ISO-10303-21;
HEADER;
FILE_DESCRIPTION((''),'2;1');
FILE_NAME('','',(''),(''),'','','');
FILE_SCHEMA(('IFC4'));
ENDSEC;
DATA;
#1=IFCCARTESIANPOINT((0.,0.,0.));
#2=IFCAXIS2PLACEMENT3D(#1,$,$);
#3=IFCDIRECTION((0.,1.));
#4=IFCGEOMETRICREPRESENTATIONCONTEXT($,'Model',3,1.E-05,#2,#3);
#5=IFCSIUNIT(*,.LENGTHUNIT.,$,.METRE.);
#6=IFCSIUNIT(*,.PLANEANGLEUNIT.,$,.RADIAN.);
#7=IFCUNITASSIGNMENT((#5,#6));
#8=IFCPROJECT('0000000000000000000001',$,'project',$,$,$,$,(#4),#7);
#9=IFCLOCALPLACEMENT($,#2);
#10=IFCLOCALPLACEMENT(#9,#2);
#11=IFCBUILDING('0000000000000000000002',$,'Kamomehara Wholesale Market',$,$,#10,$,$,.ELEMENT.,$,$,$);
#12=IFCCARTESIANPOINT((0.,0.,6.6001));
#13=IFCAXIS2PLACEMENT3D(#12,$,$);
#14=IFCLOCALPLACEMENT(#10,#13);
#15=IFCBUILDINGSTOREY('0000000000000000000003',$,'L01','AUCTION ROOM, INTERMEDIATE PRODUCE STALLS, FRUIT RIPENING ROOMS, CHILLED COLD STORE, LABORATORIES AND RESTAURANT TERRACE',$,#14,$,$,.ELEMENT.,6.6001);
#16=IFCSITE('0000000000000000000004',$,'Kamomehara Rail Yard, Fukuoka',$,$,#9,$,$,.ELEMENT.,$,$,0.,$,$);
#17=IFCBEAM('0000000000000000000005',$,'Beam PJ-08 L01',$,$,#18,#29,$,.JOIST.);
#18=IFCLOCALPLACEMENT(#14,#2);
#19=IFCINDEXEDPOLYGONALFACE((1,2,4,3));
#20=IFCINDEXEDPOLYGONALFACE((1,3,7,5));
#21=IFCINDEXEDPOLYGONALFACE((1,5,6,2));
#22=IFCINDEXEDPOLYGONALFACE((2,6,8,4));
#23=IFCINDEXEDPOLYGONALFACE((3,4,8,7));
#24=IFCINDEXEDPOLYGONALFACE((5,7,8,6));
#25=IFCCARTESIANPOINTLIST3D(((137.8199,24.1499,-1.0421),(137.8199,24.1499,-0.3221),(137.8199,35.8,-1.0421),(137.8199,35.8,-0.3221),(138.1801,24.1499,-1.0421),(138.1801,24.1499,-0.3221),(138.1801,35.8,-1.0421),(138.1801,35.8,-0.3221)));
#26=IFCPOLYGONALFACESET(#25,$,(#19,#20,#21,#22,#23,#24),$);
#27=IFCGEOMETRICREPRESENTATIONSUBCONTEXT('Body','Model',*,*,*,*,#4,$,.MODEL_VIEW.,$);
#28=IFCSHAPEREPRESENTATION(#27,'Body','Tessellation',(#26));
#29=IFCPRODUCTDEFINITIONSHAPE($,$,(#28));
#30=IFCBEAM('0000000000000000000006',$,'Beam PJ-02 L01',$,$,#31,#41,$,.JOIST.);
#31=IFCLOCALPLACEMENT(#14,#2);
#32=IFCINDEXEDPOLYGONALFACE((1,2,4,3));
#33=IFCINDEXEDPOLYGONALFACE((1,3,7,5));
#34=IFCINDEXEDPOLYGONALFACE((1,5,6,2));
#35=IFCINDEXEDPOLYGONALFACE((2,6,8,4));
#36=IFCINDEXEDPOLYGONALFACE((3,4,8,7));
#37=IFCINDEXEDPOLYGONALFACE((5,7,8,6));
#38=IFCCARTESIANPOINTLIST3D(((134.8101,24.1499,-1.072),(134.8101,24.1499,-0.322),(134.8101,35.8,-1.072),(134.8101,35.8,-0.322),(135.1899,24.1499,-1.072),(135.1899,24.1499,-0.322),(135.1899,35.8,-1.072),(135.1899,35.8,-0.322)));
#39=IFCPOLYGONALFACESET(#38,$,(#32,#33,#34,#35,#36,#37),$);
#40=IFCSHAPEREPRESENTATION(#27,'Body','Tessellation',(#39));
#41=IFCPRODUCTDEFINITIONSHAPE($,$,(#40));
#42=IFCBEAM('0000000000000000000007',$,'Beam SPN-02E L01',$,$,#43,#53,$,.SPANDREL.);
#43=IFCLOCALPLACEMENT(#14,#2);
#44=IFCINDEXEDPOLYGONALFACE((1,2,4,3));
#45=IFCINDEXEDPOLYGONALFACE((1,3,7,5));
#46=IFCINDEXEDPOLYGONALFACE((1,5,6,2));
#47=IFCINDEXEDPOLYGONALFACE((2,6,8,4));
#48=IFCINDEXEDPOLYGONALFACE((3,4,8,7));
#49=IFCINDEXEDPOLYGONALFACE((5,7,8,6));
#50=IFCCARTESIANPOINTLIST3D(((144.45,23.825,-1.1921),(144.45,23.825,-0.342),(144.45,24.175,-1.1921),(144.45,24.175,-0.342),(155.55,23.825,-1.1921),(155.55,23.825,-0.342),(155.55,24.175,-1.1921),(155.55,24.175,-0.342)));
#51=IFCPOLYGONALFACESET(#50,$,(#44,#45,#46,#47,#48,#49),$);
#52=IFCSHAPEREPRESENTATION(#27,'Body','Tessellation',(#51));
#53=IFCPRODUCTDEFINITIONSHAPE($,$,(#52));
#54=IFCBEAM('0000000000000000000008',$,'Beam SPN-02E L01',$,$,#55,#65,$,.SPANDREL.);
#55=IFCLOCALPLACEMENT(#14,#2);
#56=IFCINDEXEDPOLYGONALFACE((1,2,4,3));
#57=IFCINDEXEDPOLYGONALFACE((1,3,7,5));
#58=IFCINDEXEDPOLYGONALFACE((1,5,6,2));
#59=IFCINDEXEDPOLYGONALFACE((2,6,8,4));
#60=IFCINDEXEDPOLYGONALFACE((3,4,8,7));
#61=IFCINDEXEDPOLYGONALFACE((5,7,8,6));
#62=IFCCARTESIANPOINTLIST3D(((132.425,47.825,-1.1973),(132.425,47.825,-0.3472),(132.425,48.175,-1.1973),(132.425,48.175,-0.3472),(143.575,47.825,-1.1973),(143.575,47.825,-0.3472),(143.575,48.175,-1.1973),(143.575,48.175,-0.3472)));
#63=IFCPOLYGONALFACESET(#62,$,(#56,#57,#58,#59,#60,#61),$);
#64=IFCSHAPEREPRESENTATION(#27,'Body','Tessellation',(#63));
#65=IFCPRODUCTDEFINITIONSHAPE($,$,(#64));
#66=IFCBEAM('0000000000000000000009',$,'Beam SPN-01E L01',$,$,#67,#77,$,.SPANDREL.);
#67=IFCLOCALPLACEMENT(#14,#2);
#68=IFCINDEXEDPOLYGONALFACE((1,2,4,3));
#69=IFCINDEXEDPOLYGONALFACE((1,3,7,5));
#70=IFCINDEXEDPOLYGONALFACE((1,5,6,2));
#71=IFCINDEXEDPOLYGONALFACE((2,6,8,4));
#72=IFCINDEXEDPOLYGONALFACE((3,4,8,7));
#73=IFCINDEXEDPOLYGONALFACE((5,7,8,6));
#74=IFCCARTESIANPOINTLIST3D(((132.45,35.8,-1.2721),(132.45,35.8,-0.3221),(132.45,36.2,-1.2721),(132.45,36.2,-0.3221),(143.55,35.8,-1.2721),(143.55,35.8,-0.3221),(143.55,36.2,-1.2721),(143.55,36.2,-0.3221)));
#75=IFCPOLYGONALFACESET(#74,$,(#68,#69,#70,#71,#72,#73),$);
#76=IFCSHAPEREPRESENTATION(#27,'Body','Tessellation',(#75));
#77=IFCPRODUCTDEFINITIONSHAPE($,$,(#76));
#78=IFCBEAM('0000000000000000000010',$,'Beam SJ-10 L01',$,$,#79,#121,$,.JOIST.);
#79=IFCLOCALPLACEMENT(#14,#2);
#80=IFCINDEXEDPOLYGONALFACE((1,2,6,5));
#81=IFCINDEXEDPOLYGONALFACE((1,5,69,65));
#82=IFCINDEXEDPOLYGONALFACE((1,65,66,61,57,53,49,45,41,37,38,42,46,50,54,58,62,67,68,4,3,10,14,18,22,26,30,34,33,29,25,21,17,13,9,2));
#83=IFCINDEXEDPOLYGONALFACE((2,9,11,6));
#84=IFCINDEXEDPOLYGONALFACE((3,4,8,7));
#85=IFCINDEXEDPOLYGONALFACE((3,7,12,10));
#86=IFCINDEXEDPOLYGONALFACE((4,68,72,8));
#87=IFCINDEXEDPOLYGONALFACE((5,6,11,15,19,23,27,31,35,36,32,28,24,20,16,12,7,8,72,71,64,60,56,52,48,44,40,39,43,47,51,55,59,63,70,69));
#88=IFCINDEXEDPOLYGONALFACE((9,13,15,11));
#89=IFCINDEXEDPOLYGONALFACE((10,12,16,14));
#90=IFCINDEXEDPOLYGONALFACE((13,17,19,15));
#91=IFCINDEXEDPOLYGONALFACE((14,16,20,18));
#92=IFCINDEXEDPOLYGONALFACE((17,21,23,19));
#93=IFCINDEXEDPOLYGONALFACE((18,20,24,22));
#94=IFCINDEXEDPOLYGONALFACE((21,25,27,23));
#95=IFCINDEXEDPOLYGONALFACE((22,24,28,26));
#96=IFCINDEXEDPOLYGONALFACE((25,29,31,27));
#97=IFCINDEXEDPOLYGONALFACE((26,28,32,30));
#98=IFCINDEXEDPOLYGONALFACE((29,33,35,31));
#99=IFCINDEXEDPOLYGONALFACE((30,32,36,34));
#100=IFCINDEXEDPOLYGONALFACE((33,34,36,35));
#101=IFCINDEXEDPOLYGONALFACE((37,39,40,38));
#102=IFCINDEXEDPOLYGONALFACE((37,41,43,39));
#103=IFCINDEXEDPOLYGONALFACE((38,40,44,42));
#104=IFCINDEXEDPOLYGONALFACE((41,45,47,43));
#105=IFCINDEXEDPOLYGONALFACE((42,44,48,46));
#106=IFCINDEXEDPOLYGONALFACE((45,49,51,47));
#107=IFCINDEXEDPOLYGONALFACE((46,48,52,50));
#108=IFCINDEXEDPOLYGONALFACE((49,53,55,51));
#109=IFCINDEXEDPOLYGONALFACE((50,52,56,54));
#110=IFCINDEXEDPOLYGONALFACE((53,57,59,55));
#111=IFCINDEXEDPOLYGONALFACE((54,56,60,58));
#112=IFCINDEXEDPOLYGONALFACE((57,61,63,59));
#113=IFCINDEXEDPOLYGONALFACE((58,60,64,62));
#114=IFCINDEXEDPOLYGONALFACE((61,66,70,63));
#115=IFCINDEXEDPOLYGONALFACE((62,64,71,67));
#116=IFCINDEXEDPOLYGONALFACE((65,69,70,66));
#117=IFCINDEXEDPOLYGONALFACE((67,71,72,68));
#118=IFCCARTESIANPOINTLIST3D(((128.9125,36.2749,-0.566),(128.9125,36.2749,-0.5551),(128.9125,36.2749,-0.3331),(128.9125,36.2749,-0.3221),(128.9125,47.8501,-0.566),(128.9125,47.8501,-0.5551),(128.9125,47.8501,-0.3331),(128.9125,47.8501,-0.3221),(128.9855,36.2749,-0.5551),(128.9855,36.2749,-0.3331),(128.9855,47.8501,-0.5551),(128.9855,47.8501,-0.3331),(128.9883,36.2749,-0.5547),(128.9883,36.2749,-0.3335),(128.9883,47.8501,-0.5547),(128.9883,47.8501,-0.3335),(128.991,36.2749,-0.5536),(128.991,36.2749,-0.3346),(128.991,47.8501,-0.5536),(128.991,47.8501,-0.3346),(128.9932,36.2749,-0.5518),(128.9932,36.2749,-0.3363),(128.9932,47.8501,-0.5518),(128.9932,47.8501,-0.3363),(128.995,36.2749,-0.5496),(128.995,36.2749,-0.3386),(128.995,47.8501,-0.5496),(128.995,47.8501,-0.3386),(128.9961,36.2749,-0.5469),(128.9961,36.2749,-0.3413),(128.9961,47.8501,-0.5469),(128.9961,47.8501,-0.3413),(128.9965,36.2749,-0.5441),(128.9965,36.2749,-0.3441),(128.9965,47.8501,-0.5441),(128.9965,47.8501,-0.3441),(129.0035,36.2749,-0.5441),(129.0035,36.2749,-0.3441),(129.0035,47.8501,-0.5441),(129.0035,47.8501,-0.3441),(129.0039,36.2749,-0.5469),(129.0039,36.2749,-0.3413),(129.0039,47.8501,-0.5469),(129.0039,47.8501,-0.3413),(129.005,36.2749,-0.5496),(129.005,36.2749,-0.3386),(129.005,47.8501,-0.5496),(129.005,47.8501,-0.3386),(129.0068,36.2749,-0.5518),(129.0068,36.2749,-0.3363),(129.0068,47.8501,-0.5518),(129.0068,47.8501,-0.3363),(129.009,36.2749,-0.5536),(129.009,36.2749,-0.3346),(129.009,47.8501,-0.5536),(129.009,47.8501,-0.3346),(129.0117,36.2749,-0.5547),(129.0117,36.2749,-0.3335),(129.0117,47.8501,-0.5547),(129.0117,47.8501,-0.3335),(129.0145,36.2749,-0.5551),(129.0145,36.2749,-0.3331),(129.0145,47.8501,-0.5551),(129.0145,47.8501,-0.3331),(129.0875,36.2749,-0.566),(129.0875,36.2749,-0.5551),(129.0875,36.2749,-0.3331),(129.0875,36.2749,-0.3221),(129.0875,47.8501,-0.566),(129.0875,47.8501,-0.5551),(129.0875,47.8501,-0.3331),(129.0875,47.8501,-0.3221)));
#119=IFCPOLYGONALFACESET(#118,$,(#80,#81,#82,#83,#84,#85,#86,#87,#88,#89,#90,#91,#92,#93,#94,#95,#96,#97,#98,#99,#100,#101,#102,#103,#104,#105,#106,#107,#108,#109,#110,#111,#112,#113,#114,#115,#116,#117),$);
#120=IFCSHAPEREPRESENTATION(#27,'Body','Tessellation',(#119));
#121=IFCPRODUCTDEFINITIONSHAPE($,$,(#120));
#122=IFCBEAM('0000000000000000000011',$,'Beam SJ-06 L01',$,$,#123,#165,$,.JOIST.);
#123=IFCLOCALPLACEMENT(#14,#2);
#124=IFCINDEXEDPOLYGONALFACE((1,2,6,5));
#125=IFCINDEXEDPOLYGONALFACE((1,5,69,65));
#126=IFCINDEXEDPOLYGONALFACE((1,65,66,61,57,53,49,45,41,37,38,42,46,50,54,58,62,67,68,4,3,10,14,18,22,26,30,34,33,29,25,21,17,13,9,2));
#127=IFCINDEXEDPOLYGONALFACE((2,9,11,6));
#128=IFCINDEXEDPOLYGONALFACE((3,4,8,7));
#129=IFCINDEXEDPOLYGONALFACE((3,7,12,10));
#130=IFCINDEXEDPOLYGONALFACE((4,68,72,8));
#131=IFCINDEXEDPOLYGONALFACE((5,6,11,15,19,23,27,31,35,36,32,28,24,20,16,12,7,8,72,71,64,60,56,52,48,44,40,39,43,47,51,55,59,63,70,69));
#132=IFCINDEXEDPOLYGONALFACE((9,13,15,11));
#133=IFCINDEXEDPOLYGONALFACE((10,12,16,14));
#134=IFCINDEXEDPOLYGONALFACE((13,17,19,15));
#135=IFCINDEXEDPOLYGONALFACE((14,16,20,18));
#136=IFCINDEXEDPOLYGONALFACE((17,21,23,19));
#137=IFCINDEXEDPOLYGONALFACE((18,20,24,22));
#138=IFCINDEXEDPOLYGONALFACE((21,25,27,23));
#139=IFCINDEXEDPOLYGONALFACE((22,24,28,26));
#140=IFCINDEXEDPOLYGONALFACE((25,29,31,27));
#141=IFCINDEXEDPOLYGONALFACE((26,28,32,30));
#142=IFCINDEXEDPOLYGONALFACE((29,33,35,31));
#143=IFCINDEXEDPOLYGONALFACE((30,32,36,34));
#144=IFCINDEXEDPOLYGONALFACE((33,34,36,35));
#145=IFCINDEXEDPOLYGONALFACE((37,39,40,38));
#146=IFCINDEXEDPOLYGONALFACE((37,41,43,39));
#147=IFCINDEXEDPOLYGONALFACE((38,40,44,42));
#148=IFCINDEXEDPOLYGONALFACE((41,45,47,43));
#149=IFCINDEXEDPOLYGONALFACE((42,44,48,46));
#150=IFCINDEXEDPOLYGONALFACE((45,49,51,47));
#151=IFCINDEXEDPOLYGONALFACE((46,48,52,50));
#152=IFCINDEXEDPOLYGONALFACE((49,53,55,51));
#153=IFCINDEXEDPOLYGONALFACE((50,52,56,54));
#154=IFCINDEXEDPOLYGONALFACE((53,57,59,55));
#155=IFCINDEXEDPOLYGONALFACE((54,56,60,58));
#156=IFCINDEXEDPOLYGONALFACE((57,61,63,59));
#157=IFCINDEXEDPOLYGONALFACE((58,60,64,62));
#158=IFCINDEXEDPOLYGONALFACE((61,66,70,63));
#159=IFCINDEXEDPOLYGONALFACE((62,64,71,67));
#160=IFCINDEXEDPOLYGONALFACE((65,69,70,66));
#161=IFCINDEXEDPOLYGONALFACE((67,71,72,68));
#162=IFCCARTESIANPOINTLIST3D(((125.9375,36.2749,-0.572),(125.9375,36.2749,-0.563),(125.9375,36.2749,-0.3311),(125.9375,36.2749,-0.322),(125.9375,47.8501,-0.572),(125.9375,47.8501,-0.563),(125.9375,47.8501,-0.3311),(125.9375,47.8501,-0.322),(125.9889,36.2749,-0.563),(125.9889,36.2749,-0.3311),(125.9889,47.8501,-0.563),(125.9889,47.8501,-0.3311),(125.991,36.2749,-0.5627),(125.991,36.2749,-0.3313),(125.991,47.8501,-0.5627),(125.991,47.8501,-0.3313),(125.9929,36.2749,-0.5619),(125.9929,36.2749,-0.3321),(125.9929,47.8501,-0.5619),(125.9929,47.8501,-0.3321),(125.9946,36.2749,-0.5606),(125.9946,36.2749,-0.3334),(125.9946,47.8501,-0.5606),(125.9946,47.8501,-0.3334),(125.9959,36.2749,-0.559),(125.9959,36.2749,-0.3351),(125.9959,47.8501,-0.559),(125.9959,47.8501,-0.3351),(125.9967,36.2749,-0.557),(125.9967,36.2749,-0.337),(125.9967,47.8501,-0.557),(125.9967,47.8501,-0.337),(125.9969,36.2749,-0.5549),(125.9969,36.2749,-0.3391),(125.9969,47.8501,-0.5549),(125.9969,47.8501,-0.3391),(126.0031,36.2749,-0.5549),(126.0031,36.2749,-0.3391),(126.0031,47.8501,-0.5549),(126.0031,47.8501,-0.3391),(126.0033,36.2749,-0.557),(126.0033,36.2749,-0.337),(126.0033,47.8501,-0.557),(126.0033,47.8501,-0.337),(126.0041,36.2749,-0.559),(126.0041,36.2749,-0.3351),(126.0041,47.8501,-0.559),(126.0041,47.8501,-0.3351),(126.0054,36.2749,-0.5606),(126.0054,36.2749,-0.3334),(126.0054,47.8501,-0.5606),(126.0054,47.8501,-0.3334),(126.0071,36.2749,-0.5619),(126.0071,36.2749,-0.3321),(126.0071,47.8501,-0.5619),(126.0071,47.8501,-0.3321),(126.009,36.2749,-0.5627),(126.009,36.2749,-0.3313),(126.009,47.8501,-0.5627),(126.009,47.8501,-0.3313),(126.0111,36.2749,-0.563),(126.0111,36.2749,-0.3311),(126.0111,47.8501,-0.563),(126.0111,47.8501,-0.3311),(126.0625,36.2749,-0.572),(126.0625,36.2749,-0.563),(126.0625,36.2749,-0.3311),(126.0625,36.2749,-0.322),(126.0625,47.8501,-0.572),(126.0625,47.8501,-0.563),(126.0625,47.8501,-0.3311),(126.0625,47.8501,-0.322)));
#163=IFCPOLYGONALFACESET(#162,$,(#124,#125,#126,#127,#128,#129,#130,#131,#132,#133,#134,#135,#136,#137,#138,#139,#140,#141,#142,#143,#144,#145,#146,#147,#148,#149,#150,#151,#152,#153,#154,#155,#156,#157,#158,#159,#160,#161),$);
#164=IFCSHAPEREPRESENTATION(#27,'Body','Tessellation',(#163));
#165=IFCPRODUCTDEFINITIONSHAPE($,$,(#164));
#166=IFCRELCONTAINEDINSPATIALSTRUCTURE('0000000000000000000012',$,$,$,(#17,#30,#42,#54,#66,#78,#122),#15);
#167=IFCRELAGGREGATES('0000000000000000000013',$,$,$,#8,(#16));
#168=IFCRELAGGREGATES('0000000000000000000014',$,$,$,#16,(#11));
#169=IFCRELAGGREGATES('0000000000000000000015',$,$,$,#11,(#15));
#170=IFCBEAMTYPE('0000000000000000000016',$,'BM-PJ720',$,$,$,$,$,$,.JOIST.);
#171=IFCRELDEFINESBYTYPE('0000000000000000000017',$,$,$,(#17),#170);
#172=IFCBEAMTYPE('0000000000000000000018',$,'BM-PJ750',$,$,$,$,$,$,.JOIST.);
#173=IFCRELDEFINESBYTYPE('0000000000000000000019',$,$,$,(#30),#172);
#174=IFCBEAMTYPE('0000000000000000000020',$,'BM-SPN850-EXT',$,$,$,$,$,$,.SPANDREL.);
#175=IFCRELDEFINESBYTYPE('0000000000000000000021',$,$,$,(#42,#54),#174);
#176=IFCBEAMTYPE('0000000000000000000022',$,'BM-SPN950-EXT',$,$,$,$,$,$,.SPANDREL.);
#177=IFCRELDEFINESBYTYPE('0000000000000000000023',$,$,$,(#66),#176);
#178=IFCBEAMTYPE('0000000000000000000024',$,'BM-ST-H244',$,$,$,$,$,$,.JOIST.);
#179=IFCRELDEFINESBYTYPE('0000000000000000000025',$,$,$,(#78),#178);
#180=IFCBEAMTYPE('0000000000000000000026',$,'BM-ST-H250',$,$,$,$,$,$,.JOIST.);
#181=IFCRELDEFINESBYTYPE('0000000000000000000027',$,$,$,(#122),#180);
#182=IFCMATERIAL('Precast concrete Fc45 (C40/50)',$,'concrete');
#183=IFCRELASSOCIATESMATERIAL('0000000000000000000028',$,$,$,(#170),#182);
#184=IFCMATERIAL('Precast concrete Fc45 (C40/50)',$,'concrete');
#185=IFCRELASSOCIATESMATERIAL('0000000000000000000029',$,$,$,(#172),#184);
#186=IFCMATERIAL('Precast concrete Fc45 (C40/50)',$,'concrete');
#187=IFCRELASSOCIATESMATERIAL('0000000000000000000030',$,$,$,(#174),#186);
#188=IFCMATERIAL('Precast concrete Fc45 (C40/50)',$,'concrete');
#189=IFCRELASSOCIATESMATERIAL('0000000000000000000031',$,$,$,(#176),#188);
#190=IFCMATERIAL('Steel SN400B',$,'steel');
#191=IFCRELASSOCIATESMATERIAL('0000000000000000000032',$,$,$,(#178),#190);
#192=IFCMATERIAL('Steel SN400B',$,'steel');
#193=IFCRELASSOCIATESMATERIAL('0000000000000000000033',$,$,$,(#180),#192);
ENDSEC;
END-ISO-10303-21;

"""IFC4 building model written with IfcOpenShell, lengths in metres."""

from ifc_helpers import new_model, si_unit, direction, frame, origin, origin_2d, place, context, subcontext, project, spatial, rectangle, i_section, extrude, material, material_profile, profile_set, type_object, element, save


model = new_model("IFC4")

# Units and contexts
model_context = context("Model", 3, precision=1e-05, world=origin(), true_north=direction((0.0, 1.0)))
body_context = subcontext(model_context, "Body", "Model", "MODEL_VIEW")
ifc_project = project(units=[si_unit("LENGTHUNIT", "METRE"), si_unit("PLANEANGLEUNIT", "RADIAN")], contexts=[model_context])

# Site, building, storey
site_placement = place(None, origin())
site = spatial("IfcSite", under=ifc_project, at=site_placement, Name="Kamomehara Rail Yard, Fukuoka", CompositionType="ELEMENT", RefElevation=0.0)
building_placement = place(site_placement, origin())
building = spatial("IfcBuilding", under=site, at=building_placement, Name="Kamomehara Wholesale Market", CompositionType="ELEMENT")
storey_placement = place(building_placement, frame((0.0, 0.0, 6.6001)))
storey = spatial("IfcBuildingStorey", under=building, at=storey_placement, Name="L01", Description="AUCTION ROOM, INTERMEDIATE PRODUCE STALLS, FRUIT RIPENING ROOMS, CHILLED COLD STORE, LABORATORIES AND RESTAURANT TERRACE", CompositionType="ELEMENT", Elevation=6.6001)

# Beams
ifc_material_1 = material(Name="Precast concrete Fc45 (C40/50)", Category="concrete")
ifc_material_profile_1 = material_profile(ifc_material_1, rectangle(XDim=0.3601, YDim=0.72, at=origin_2d()), Name="PC-JST-360x720")
ifc_profile_set_1 = profile_set([ifc_material_profile_1], Name="Precast concrete Fc45 (C40/50)")
beam_type_1 = type_object("IfcBeamType", Name="BM-PJ720", PredefinedType="JOIST", material=ifc_profile_set_1)
beam_1_placement = place(storey_placement, frame((138.0, 24.1499, -0.6821), z_axis=(0.0, 1.0, 0.0), x_axis=(-1.0, 0.0, 0.0)))
element("IfcBeam", 1, at=beam_1_placement, inside=storey, type_object=beam_type_1, Name="Beam PJ-08 L01", PredefinedType="JOIST", context=body_context, shape_type="SweptSolid", body=[
    extrude(rectangle(XDim=0.3601, YDim=0.72, at=origin_2d()), origin(), (0.0, 0.0, 1.0), 11.6501),
])
ifc_material_2 = material(Name="Precast concrete Fc45 (C40/50)", Category="concrete")
ifc_material_profile_2 = material_profile(ifc_material_2, rectangle(XDim=0.3799, YDim=0.75, at=origin_2d()), Name="PC-JST-380x750")
ifc_profile_set_2 = profile_set([ifc_material_profile_2], Name="Precast concrete Fc45 (C40/50)")
beam_type_2 = type_object("IfcBeamType", Name="BM-PJ750", PredefinedType="JOIST", material=ifc_profile_set_2)
beam_2_placement = place(storey_placement, frame((135.0, 24.1499, -0.697), z_axis=(0.0, 1.0, 0.0), x_axis=(-1.0, 0.0, 0.0)))
element("IfcBeam", 2, at=beam_2_placement, inside=storey, type_object=beam_type_2, Name="Beam PJ-02 L01", PredefinedType="JOIST", context=body_context, shape_type="SweptSolid", body=[
    extrude(rectangle(XDim=0.3799, YDim=0.75, at=origin_2d()), origin(), (0.0, 0.0, 1.0), 11.6501),
])
ifc_material_3 = material(Name="Precast concrete Fc45 (C40/50)", Category="concrete")
ifc_material_profile_3 = material_profile(ifc_material_3, rectangle(XDim=0.3501, YDim=0.8501, at=origin_2d()), Name="PC-SPN-350x850")
ifc_profile_set_3 = profile_set([ifc_material_profile_3], Name="Precast concrete Fc45 (C40/50)")
beam_type_3 = type_object("IfcBeamType", Name="BM-SPN850-EXT", PredefinedType="SPANDREL", material=ifc_profile_set_3)
beam_3_placement = place(storey_placement, frame((144.45, 24.0, -0.7671), z_axis=(1.0, 0.0, 0.0), x_axis=(0.0, 1.0, 0.0)))
element("IfcBeam", 3, at=beam_3_placement, inside=storey, type_object=beam_type_3, Name="Beam SPN-02E L01", PredefinedType="SPANDREL", context=body_context, shape_type="SweptSolid", body=[
    extrude(rectangle(XDim=0.3501, YDim=0.8501, at=origin_2d()), origin(), (0.0, 0.0, 1.0), 11.1001),
])
beam_4_placement = place(storey_placement, frame((132.425, 48.0, -0.7722), z_axis=(1.0, 0.0, 0.0), x_axis=(0.0, 1.0, 0.0)))
element("IfcBeam", 4, at=beam_4_placement, inside=storey, type_object=beam_type_3, Name="Beam SPN-02E L01", PredefinedType="SPANDREL", context=body_context, shape_type="SweptSolid", body=[
    extrude(rectangle(XDim=0.3501, YDim=0.8501, at=origin_2d()), origin(), (0.0, 0.0, 1.0), 11.1499),
])
ifc_material_4 = material(Name="Precast concrete Fc45 (C40/50)", Category="concrete")
ifc_material_profile_4 = material_profile(ifc_material_4, rectangle(XDim=0.3999, YDim=0.95, at=origin_2d()), Name="PC-SPN-400x950")
ifc_profile_set_4 = profile_set([ifc_material_profile_4], Name="Precast concrete Fc45 (C40/50)")
beam_type_4 = type_object("IfcBeamType", Name="BM-SPN950-EXT", PredefinedType="SPANDREL", material=ifc_profile_set_4)
beam_5_placement = place(storey_placement, frame((132.45, 36.0, -0.7971), z_axis=(1.0, 0.0, 0.0), x_axis=(0.0, 1.0, 0.0)))
element("IfcBeam", 5, at=beam_5_placement, inside=storey, type_object=beam_type_4, Name="Beam SPN-01E L01", PredefinedType="SPANDREL", context=body_context, shape_type="SweptSolid", body=[
    extrude(rectangle(XDim=0.3999, YDim=0.95, at=origin_2d()), origin(), (0.0, 0.0, 1.0), 11.1001),
])
ifc_material_5 = material(Name="Steel SN400B", Category="steel")
ifc_material_profile_5 = material_profile(ifc_material_5, i_section(OverallWidth=0.175, OverallDepth=0.2439, WebThickness=0.0071, FlangeThickness=0.011, FilletRadius=0.011, at=origin_2d()), Name="H-244x175x7x11")
ifc_profile_set_5 = profile_set([ifc_material_profile_5], Name="Steel SN400B")
beam_type_5 = type_object("IfcBeamType", Name="BM-ST-H244", PredefinedType="JOIST", material=ifc_profile_set_5)
beam_6_placement = place(storey_placement, frame((129.0, 36.2749, -0.4441), z_axis=(0.0, 1.0, 0.0), x_axis=(-1.0, 0.0, 0.0)))
element("IfcBeam", 6, at=beam_6_placement, inside=storey, type_object=beam_type_5, Name="Beam SJ-10 L01", PredefinedType="JOIST", context=body_context, shape_type="SweptSolid", body=[
    extrude(i_section(OverallWidth=0.175, OverallDepth=0.2439, WebThickness=0.0071, FlangeThickness=0.011, FilletRadius=0.011, at=origin_2d()), origin(), (0.0, 0.0, 1.0), 11.5752),
])
ifc_material_6 = material(Name="Steel SN400B", Category="steel")
ifc_material_profile_6 = material_profile(ifc_material_6, i_section(OverallWidth=0.125, OverallDepth=0.25, WebThickness=0.0061, FlangeThickness=0.009, FilletRadius=0.0081, at=origin_2d()), Name="H-250x125x6x9")
ifc_profile_set_6 = profile_set([ifc_material_profile_6], Name="Steel SN400B")
beam_type_6 = type_object("IfcBeamType", Name="BM-ST-H250", PredefinedType="JOIST", material=ifc_profile_set_6)
beam_7_placement = place(storey_placement, frame((126.0, 36.2749, -0.447), z_axis=(0.0, 1.0, 0.0), x_axis=(-1.0, 0.0, 0.0)))
element("IfcBeam", 7, at=beam_7_placement, inside=storey, type_object=beam_type_6, Name="Beam SJ-06 L01", PredefinedType="JOIST", context=body_context, shape_type="SweptSolid", body=[
    extrude(i_section(OverallWidth=0.125, OverallDepth=0.25, WebThickness=0.0061, FlangeThickness=0.009, FilletRadius=0.0081, at=origin_2d()), origin(), (0.0, 0.0, 1.0), 11.5752),
])

save(model, "model.ifc")
